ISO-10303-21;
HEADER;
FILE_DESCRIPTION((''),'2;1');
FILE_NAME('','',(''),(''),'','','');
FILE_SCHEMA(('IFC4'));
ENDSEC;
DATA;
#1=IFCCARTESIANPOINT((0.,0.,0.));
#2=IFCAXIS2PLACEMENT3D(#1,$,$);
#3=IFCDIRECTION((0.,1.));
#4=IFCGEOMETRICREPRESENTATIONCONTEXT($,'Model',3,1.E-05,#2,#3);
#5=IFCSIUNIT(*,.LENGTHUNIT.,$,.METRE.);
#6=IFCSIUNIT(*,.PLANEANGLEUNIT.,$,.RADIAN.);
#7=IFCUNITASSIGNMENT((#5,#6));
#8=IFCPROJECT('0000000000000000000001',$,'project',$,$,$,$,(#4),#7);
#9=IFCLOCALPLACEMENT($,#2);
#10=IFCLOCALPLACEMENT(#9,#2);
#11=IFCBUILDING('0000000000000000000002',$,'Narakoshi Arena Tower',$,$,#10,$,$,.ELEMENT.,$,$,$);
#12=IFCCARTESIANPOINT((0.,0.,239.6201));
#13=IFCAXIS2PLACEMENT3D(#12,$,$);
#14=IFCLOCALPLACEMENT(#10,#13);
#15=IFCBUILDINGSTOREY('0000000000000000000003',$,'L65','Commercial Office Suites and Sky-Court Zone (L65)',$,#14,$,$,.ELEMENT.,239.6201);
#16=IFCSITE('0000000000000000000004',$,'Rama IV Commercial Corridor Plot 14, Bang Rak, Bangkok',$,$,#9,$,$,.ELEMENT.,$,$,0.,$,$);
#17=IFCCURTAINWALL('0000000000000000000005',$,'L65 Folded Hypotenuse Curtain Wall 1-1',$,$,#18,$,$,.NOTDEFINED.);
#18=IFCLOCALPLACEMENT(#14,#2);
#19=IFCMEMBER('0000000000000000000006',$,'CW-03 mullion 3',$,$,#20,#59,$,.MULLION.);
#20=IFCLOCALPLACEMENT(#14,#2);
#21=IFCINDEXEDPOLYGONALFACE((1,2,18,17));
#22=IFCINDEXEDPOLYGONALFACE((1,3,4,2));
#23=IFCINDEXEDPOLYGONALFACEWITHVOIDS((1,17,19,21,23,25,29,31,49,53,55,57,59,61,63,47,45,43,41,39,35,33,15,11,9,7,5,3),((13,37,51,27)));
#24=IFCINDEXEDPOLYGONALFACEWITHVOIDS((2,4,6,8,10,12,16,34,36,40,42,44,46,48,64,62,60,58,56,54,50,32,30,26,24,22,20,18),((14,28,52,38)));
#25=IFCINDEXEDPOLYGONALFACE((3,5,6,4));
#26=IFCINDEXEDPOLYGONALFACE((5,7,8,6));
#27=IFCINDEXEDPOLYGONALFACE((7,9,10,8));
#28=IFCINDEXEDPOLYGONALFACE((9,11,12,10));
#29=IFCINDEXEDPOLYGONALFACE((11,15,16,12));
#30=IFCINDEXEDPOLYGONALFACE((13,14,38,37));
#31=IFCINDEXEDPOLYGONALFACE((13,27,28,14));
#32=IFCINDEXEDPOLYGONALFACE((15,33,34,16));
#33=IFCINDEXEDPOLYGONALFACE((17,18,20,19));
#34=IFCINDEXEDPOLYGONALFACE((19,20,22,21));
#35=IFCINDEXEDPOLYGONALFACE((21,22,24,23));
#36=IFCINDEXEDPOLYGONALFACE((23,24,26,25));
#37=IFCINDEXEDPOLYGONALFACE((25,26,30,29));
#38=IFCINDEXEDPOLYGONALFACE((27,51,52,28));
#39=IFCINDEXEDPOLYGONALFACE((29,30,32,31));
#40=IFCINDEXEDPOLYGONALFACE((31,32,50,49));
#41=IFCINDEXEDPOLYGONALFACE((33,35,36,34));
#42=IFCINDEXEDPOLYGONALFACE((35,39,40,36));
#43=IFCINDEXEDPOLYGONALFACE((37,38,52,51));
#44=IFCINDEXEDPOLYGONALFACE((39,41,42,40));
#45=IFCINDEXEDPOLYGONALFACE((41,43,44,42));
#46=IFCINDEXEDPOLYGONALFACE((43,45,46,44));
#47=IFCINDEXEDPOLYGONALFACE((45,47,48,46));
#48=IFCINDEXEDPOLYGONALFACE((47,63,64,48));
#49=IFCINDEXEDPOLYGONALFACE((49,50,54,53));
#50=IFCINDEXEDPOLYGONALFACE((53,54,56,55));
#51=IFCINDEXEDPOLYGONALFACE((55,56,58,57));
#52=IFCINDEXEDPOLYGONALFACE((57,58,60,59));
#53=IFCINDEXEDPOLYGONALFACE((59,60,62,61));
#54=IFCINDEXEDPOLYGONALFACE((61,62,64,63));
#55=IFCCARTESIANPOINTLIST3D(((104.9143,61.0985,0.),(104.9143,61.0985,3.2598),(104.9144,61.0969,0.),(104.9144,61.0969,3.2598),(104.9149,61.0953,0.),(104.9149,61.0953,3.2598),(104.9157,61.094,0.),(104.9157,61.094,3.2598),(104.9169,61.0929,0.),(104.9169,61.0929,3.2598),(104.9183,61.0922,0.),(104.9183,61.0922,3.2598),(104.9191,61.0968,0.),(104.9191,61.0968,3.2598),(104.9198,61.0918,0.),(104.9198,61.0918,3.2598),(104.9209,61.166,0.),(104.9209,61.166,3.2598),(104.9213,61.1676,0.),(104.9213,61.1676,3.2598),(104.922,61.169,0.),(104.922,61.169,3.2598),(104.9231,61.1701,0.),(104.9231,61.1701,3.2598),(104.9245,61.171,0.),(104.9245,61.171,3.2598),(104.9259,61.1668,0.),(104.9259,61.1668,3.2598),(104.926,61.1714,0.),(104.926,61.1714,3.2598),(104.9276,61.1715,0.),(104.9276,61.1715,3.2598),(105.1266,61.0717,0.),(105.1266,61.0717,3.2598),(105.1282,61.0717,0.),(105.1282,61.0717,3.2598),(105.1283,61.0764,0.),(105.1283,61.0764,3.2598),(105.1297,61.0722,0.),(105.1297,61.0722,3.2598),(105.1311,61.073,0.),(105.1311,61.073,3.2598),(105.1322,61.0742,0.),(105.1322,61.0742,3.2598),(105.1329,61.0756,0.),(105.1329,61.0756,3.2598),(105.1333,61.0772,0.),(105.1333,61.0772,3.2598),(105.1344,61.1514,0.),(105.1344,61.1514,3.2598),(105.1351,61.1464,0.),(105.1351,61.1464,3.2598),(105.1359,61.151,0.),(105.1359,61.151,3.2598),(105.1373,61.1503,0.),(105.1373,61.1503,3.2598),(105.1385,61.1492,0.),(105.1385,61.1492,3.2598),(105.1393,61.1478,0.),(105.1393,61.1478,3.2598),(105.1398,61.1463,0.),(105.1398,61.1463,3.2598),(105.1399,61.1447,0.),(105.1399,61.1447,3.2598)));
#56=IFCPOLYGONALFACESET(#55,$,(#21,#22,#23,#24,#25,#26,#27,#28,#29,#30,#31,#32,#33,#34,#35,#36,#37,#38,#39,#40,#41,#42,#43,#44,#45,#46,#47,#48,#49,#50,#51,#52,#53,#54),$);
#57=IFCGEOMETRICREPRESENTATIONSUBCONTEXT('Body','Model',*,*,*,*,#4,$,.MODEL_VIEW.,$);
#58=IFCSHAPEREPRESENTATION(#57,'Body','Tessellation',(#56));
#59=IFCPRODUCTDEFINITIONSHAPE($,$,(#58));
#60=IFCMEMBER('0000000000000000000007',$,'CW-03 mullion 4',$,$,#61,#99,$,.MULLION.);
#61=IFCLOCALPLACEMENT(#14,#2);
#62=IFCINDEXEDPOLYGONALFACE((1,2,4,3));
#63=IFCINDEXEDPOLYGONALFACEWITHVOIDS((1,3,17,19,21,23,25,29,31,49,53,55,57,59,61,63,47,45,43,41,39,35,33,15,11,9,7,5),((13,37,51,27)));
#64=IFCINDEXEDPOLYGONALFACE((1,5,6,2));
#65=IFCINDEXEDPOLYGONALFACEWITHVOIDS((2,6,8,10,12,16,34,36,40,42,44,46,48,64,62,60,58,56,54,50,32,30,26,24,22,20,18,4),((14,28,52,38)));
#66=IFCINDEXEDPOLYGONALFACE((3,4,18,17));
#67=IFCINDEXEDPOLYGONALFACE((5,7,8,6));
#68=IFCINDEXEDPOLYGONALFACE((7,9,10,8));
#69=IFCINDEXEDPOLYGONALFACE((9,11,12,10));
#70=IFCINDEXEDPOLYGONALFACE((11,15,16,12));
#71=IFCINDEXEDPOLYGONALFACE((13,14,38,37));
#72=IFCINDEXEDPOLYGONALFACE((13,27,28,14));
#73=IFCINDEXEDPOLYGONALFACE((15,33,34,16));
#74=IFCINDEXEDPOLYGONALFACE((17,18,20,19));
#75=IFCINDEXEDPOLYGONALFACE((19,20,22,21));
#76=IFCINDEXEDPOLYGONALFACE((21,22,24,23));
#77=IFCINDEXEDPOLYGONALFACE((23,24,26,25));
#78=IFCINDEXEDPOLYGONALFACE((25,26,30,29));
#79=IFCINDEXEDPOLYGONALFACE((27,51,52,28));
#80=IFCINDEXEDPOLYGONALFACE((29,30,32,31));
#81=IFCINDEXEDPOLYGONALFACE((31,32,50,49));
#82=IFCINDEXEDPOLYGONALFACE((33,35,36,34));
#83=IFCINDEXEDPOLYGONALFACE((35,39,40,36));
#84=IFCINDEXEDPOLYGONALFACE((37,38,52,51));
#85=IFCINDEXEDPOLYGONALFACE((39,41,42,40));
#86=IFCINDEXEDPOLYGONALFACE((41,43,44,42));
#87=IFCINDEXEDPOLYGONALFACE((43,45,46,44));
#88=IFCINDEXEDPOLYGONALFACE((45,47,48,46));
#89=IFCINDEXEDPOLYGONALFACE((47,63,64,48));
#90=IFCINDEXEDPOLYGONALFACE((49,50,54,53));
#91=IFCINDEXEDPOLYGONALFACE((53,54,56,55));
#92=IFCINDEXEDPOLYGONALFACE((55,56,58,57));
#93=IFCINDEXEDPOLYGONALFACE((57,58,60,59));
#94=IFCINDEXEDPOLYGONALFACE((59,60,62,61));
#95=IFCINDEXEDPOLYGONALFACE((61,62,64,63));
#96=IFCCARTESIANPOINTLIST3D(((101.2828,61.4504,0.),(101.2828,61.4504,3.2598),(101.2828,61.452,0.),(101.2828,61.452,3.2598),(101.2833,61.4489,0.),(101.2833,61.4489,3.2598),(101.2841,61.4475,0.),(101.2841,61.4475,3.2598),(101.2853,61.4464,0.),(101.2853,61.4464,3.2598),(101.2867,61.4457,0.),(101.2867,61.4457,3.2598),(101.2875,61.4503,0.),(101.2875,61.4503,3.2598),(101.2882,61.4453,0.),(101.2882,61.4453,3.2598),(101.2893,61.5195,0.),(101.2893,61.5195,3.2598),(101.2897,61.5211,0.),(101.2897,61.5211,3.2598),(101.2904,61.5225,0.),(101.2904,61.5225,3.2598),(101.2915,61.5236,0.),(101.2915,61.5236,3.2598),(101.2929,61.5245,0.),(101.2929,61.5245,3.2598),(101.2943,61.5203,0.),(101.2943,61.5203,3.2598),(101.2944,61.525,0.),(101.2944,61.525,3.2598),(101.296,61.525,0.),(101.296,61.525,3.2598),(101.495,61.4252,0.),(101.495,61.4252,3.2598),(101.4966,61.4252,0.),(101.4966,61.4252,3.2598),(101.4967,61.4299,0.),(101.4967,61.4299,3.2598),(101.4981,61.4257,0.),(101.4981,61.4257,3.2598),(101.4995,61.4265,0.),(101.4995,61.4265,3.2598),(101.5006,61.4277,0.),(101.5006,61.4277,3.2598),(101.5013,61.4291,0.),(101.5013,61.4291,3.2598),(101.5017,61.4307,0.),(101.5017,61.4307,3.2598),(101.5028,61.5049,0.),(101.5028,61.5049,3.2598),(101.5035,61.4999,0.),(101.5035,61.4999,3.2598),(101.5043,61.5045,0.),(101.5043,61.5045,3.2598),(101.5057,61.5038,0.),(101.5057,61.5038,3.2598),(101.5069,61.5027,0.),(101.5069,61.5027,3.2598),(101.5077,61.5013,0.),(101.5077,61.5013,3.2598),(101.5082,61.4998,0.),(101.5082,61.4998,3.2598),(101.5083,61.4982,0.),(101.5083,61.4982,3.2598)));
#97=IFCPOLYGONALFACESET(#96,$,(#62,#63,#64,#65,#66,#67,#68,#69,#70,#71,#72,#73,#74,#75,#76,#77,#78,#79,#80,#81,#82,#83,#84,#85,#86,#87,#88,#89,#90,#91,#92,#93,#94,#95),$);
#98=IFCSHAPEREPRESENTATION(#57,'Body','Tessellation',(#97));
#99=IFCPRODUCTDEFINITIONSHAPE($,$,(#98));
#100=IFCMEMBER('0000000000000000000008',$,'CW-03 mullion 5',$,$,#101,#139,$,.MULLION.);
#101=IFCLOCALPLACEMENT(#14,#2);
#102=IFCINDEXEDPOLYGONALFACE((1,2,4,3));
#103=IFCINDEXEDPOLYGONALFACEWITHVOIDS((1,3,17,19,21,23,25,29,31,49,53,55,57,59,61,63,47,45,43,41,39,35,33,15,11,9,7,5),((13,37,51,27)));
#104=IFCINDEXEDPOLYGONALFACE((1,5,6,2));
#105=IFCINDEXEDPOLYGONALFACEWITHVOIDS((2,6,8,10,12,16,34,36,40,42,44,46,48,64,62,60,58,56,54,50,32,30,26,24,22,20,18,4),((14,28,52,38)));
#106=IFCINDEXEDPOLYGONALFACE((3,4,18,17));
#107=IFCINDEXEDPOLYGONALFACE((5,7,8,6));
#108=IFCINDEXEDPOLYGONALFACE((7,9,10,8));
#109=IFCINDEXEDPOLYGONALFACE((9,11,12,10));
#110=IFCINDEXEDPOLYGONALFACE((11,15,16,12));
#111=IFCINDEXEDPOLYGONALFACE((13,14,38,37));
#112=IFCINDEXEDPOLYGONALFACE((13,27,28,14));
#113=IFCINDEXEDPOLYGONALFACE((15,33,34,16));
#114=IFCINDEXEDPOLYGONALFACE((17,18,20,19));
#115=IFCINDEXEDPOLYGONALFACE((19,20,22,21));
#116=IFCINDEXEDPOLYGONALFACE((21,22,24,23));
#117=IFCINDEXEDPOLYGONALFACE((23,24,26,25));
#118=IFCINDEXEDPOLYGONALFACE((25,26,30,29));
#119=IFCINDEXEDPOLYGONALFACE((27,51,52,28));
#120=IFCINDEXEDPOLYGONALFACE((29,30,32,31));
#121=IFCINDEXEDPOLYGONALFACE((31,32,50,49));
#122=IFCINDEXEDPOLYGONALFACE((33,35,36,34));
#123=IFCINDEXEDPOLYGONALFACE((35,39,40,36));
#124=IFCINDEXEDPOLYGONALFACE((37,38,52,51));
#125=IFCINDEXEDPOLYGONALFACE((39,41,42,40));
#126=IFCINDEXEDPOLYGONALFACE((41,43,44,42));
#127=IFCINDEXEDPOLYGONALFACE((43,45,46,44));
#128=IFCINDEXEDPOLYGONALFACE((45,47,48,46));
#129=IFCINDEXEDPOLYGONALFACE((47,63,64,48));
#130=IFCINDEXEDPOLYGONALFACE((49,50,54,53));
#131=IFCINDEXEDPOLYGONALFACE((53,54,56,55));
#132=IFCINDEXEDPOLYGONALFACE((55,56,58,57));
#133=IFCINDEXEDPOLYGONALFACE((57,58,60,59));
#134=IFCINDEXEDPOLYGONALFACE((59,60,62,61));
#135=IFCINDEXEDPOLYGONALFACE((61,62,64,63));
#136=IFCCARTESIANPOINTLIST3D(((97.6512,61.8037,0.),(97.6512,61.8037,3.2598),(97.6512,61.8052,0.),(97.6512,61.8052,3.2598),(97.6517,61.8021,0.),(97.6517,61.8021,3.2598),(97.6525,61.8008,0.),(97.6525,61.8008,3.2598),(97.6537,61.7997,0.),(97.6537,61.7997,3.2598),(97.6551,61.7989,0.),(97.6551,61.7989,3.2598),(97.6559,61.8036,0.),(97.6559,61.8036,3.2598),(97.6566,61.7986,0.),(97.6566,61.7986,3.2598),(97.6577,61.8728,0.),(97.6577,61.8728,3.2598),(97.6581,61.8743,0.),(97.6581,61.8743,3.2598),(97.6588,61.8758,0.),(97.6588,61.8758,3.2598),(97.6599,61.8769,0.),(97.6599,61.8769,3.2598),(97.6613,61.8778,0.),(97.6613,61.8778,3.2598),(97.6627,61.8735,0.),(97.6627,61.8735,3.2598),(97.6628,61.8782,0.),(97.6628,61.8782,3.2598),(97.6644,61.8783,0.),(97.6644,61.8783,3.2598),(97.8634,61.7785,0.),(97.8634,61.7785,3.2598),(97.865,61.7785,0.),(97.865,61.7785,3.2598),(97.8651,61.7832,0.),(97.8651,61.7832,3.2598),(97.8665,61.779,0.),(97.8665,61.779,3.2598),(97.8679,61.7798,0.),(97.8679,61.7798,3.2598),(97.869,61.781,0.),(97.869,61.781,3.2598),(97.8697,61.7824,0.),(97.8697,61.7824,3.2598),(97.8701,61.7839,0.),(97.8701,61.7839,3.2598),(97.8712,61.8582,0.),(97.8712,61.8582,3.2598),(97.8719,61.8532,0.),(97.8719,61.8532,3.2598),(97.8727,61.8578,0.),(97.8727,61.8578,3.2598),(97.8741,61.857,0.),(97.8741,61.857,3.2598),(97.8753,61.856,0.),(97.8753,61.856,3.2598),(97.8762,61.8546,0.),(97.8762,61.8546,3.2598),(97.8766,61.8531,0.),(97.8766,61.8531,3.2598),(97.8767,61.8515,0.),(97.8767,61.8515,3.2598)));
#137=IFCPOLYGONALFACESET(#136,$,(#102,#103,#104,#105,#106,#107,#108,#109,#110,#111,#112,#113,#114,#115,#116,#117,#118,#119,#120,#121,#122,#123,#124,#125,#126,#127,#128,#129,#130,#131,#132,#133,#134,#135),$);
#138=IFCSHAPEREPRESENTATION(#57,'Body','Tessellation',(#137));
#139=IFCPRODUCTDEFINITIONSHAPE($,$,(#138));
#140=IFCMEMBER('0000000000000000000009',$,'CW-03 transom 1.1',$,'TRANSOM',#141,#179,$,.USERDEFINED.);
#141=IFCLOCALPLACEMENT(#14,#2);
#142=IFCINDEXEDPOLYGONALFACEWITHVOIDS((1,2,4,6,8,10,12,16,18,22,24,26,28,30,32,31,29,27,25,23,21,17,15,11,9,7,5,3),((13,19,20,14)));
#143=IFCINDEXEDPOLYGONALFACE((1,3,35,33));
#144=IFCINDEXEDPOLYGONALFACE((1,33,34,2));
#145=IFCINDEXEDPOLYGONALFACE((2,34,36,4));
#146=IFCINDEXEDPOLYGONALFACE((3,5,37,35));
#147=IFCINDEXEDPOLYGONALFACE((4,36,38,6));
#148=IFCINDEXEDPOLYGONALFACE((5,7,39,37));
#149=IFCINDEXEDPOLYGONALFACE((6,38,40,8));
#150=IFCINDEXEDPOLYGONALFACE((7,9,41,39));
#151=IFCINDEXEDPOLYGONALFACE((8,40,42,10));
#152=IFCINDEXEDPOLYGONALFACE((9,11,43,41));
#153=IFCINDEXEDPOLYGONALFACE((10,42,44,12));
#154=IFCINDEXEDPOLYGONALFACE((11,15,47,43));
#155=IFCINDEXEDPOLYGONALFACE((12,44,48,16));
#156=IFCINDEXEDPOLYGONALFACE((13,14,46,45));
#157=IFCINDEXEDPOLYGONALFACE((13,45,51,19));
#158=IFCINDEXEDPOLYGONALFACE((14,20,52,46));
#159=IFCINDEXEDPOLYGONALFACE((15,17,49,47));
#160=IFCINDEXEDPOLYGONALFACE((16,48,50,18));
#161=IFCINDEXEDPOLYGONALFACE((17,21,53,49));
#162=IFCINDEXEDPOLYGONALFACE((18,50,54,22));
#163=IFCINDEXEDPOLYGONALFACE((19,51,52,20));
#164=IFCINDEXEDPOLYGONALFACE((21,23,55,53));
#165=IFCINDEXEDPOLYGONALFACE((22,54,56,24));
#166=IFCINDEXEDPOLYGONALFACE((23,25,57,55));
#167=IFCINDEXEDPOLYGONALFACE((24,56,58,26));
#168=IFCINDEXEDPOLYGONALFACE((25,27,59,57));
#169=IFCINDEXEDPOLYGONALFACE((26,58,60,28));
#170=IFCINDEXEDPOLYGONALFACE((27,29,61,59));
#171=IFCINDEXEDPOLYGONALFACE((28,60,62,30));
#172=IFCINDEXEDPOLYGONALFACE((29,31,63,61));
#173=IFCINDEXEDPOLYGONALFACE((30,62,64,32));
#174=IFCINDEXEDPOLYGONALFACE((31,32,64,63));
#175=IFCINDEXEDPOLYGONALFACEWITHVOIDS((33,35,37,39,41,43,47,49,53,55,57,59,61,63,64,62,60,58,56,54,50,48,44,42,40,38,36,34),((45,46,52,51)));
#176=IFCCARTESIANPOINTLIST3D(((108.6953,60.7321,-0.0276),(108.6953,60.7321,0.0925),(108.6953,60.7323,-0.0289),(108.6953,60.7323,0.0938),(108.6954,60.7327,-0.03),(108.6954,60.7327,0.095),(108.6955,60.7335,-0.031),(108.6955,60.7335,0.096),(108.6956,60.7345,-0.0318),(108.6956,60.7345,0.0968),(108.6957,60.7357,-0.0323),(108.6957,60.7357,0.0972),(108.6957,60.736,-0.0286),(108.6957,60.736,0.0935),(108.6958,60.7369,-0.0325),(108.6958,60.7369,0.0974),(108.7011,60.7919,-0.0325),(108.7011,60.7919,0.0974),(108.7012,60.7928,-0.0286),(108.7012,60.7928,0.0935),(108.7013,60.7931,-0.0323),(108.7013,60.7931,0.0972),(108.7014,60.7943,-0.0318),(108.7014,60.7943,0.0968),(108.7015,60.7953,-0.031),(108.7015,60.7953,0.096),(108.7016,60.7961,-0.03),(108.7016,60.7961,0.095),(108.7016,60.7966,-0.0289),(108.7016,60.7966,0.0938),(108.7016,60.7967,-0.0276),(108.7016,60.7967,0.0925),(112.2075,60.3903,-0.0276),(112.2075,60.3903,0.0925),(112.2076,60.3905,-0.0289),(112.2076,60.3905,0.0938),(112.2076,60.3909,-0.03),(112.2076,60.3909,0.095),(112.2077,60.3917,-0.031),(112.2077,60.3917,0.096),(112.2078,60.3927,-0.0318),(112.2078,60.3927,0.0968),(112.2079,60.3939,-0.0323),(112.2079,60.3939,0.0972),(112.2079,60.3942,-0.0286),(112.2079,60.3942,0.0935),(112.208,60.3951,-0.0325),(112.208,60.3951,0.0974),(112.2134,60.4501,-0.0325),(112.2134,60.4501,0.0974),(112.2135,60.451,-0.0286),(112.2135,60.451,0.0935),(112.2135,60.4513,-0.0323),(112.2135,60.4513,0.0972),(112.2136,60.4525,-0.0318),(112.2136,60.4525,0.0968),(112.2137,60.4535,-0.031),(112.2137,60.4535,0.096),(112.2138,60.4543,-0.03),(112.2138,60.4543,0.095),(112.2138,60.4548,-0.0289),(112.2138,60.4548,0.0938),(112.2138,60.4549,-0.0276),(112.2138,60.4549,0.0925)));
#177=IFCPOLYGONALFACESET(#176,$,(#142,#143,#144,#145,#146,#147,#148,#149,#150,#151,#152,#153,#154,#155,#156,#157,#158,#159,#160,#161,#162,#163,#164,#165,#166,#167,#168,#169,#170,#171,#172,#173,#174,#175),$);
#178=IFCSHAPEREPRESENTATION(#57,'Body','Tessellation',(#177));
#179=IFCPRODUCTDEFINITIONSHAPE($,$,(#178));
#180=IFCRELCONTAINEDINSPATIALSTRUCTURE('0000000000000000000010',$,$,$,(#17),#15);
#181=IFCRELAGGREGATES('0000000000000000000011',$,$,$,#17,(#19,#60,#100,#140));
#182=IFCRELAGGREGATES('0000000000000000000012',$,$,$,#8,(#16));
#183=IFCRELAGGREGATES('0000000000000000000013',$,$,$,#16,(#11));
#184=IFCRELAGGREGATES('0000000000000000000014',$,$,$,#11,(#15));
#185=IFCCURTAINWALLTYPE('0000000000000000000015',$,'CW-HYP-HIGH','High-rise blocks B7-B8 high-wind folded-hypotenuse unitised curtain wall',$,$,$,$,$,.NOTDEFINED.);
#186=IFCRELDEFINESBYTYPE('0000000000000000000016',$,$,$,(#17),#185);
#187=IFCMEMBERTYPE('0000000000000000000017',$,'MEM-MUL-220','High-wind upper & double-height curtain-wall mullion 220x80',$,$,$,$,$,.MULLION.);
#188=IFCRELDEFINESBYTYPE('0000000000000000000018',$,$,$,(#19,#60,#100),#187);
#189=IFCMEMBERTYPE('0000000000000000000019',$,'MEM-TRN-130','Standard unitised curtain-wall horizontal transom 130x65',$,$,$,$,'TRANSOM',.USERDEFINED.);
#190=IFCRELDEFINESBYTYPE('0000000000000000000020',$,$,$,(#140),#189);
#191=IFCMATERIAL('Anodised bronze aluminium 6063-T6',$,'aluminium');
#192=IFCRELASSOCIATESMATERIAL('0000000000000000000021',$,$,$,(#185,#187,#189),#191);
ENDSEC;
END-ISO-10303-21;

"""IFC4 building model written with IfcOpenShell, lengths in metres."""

from ifc_helpers import new_model, si_unit, direction, frame, origin, origin_2d, place, context, subcontext, project, spatial, hollow_rectangle, extrude, material, material_profile, profile_set, type_object, element, aggregate, save


model = new_model("IFC4")

# Units and contexts
model_context = context("Model", 3, precision=1e-05, world=origin(), true_north=direction((0.0, 1.0)))
body_context = subcontext(model_context, "Body", "Model", "MODEL_VIEW")
ifc_project = project(units=[si_unit("LENGTHUNIT", "METRE"), si_unit("PLANEANGLEUNIT", "RADIAN")], contexts=[model_context])

# Site, building, storey
site_placement = place(None, origin())
site = spatial("IfcSite", under=ifc_project, at=site_placement, Name="Rama IV Commercial Corridor Plot 14, Bang Rak, Bangkok", CompositionType="ELEMENT", RefElevation=0.0)
building_placement = place(site_placement, origin())
building = spatial("IfcBuilding", under=site, at=building_placement, Name="Narakoshi Arena Tower", CompositionType="ELEMENT")
storey_placement = place(building_placement, frame((0.0, 0.0, 239.6201)))
storey = spatial("IfcBuildingStorey", under=building, at=storey_placement, Name="L65", Description="Commercial Office Suites and Sky-Court Zone (L65)", CompositionType="ELEMENT", Elevation=239.6201)

# Curtain wall, members
ifc_material_1 = material(Name="Anodised bronze aluminium 6063-T6", Category="aluminium")
curtain_wall_type = type_object("IfcCurtainWallType", Name="CW-HYP-HIGH", Description="High-rise blocks B7-B8 high-wind folded-hypotenuse unitised curtain wall", PredefinedType="NOTDEFINED", material=ifc_material_1)
curtain_wall_placement = place(storey_placement, origin())
curtain_wall = element("IfcCurtainWall", 1, at=curtain_wall_placement, inside=storey, type_object=curtain_wall_type, Name="L65 Folded Hypotenuse Curtain Wall 1-1", PredefinedType="NOTDEFINED")
ifc_material_profile_1 = material_profile(ifc_material_1, hollow_rectangle(XDim=0.0801, YDim=0.22, WallThickness=0.0049, OuterFilletRadius=0.0061, at=origin_2d()), Name="MUL220x80x5")
ifc_profile_set_1 = profile_set([ifc_material_profile_1], Name="Anodised bronze aluminium 6063-T6")
member_type_1 = type_object("IfcMemberType", Name="MEM-MUL-220", Description="High-wind upper & double-height curtain-wall mullion 220x80", PredefinedType="MULLION", material=ifc_profile_set_1)
member_1_placement = place(storey_placement, frame((105.0271, 61.1216, 0.0), z_axis=(0.0, 0.0, 1.0), x_axis=(-0.096851, -0.995299, 0.0)))
member_1 = element("IfcMember", 2, at=member_1_placement, type_object=member_type_1, Name="CW-03 mullion 3", PredefinedType="MULLION", context=body_context, shape_type="SweptSolid", body=[
    extrude(hollow_rectangle(XDim=0.0801, YDim=0.22, WallThickness=0.0049, OuterFilletRadius=0.0061, at=origin_2d()), origin(), (0.0, 0.0, 1.0), 3.2598),
])
member_2_placement = place(storey_placement, frame((101.3955, 61.4751, 0.0), z_axis=(0.0, 0.0, 1.0), x_axis=(-0.096851, -0.995299, 0.0)))
member_2 = element("IfcMember", 3, at=member_2_placement, type_object=member_type_1, Name="CW-03 mullion 4", PredefinedType="MULLION", context=body_context, shape_type="SweptSolid", body=[
    extrude(hollow_rectangle(XDim=0.0801, YDim=0.22, WallThickness=0.0049, OuterFilletRadius=0.0061, at=origin_2d()), origin(), (0.0, 0.0, 1.0), 3.2598),
])
member_3_placement = place(storey_placement, frame((97.7639, 61.8284, 0.0), z_axis=(0.0, 0.0, 1.0), x_axis=(-0.096851, -0.995299, 0.0)))
member_3 = element("IfcMember", 4, at=member_3_placement, type_object=member_type_1, Name="CW-03 mullion 5", PredefinedType="MULLION", context=body_context, shape_type="SweptSolid", body=[
    extrude(hollow_rectangle(XDim=0.0801, YDim=0.22, WallThickness=0.0049, OuterFilletRadius=0.0061, at=origin_2d()), origin(), (0.0, 0.0, 1.0), 3.2598),
])
ifc_material_profile_2 = material_profile(ifc_material_1, hollow_rectangle(XDim=0.0649, YDim=0.1299, WallThickness=0.0039, OuterFilletRadius=0.0049, at=origin_2d()), Name="TRN130x65x4")
ifc_profile_set_2 = profile_set([ifc_material_profile_2], Name="Anodised bronze aluminium 6063-T6")
member_type_2 = type_object("IfcMemberType", Name="MEM-TRN-130", Description="Standard unitised curtain-wall horizontal transom 130x65", ElementType="TRANSOM", PredefinedType="USERDEFINED", material=ifc_profile_set_2)
member_4_placement = place(storey_placement, frame((112.2107, 60.4226, 0.0325), z_axis=(-0.995298, 0.096859, 0.0), x_axis=(-0.096859, -0.995298, 0.0)))
member_4 = element("IfcMember", 5, at=member_4_placement, type_object=member_type_2, Name="CW-03 transom 1.1", ObjectType="TRANSOM", PredefinedType="USERDEFINED", context=body_context, shape_type="SweptSolid", body=[
    extrude(hollow_rectangle(XDim=0.0649, YDim=0.1299, WallThickness=0.0039, OuterFilletRadius=0.0049, at=origin_2d()), origin(), (0.0, 0.0, 1.0), 3.5288),
])
aggregate(curtain_wall, [member_1, member_2, member_3, member_4])

save(model, "model.ifc")
